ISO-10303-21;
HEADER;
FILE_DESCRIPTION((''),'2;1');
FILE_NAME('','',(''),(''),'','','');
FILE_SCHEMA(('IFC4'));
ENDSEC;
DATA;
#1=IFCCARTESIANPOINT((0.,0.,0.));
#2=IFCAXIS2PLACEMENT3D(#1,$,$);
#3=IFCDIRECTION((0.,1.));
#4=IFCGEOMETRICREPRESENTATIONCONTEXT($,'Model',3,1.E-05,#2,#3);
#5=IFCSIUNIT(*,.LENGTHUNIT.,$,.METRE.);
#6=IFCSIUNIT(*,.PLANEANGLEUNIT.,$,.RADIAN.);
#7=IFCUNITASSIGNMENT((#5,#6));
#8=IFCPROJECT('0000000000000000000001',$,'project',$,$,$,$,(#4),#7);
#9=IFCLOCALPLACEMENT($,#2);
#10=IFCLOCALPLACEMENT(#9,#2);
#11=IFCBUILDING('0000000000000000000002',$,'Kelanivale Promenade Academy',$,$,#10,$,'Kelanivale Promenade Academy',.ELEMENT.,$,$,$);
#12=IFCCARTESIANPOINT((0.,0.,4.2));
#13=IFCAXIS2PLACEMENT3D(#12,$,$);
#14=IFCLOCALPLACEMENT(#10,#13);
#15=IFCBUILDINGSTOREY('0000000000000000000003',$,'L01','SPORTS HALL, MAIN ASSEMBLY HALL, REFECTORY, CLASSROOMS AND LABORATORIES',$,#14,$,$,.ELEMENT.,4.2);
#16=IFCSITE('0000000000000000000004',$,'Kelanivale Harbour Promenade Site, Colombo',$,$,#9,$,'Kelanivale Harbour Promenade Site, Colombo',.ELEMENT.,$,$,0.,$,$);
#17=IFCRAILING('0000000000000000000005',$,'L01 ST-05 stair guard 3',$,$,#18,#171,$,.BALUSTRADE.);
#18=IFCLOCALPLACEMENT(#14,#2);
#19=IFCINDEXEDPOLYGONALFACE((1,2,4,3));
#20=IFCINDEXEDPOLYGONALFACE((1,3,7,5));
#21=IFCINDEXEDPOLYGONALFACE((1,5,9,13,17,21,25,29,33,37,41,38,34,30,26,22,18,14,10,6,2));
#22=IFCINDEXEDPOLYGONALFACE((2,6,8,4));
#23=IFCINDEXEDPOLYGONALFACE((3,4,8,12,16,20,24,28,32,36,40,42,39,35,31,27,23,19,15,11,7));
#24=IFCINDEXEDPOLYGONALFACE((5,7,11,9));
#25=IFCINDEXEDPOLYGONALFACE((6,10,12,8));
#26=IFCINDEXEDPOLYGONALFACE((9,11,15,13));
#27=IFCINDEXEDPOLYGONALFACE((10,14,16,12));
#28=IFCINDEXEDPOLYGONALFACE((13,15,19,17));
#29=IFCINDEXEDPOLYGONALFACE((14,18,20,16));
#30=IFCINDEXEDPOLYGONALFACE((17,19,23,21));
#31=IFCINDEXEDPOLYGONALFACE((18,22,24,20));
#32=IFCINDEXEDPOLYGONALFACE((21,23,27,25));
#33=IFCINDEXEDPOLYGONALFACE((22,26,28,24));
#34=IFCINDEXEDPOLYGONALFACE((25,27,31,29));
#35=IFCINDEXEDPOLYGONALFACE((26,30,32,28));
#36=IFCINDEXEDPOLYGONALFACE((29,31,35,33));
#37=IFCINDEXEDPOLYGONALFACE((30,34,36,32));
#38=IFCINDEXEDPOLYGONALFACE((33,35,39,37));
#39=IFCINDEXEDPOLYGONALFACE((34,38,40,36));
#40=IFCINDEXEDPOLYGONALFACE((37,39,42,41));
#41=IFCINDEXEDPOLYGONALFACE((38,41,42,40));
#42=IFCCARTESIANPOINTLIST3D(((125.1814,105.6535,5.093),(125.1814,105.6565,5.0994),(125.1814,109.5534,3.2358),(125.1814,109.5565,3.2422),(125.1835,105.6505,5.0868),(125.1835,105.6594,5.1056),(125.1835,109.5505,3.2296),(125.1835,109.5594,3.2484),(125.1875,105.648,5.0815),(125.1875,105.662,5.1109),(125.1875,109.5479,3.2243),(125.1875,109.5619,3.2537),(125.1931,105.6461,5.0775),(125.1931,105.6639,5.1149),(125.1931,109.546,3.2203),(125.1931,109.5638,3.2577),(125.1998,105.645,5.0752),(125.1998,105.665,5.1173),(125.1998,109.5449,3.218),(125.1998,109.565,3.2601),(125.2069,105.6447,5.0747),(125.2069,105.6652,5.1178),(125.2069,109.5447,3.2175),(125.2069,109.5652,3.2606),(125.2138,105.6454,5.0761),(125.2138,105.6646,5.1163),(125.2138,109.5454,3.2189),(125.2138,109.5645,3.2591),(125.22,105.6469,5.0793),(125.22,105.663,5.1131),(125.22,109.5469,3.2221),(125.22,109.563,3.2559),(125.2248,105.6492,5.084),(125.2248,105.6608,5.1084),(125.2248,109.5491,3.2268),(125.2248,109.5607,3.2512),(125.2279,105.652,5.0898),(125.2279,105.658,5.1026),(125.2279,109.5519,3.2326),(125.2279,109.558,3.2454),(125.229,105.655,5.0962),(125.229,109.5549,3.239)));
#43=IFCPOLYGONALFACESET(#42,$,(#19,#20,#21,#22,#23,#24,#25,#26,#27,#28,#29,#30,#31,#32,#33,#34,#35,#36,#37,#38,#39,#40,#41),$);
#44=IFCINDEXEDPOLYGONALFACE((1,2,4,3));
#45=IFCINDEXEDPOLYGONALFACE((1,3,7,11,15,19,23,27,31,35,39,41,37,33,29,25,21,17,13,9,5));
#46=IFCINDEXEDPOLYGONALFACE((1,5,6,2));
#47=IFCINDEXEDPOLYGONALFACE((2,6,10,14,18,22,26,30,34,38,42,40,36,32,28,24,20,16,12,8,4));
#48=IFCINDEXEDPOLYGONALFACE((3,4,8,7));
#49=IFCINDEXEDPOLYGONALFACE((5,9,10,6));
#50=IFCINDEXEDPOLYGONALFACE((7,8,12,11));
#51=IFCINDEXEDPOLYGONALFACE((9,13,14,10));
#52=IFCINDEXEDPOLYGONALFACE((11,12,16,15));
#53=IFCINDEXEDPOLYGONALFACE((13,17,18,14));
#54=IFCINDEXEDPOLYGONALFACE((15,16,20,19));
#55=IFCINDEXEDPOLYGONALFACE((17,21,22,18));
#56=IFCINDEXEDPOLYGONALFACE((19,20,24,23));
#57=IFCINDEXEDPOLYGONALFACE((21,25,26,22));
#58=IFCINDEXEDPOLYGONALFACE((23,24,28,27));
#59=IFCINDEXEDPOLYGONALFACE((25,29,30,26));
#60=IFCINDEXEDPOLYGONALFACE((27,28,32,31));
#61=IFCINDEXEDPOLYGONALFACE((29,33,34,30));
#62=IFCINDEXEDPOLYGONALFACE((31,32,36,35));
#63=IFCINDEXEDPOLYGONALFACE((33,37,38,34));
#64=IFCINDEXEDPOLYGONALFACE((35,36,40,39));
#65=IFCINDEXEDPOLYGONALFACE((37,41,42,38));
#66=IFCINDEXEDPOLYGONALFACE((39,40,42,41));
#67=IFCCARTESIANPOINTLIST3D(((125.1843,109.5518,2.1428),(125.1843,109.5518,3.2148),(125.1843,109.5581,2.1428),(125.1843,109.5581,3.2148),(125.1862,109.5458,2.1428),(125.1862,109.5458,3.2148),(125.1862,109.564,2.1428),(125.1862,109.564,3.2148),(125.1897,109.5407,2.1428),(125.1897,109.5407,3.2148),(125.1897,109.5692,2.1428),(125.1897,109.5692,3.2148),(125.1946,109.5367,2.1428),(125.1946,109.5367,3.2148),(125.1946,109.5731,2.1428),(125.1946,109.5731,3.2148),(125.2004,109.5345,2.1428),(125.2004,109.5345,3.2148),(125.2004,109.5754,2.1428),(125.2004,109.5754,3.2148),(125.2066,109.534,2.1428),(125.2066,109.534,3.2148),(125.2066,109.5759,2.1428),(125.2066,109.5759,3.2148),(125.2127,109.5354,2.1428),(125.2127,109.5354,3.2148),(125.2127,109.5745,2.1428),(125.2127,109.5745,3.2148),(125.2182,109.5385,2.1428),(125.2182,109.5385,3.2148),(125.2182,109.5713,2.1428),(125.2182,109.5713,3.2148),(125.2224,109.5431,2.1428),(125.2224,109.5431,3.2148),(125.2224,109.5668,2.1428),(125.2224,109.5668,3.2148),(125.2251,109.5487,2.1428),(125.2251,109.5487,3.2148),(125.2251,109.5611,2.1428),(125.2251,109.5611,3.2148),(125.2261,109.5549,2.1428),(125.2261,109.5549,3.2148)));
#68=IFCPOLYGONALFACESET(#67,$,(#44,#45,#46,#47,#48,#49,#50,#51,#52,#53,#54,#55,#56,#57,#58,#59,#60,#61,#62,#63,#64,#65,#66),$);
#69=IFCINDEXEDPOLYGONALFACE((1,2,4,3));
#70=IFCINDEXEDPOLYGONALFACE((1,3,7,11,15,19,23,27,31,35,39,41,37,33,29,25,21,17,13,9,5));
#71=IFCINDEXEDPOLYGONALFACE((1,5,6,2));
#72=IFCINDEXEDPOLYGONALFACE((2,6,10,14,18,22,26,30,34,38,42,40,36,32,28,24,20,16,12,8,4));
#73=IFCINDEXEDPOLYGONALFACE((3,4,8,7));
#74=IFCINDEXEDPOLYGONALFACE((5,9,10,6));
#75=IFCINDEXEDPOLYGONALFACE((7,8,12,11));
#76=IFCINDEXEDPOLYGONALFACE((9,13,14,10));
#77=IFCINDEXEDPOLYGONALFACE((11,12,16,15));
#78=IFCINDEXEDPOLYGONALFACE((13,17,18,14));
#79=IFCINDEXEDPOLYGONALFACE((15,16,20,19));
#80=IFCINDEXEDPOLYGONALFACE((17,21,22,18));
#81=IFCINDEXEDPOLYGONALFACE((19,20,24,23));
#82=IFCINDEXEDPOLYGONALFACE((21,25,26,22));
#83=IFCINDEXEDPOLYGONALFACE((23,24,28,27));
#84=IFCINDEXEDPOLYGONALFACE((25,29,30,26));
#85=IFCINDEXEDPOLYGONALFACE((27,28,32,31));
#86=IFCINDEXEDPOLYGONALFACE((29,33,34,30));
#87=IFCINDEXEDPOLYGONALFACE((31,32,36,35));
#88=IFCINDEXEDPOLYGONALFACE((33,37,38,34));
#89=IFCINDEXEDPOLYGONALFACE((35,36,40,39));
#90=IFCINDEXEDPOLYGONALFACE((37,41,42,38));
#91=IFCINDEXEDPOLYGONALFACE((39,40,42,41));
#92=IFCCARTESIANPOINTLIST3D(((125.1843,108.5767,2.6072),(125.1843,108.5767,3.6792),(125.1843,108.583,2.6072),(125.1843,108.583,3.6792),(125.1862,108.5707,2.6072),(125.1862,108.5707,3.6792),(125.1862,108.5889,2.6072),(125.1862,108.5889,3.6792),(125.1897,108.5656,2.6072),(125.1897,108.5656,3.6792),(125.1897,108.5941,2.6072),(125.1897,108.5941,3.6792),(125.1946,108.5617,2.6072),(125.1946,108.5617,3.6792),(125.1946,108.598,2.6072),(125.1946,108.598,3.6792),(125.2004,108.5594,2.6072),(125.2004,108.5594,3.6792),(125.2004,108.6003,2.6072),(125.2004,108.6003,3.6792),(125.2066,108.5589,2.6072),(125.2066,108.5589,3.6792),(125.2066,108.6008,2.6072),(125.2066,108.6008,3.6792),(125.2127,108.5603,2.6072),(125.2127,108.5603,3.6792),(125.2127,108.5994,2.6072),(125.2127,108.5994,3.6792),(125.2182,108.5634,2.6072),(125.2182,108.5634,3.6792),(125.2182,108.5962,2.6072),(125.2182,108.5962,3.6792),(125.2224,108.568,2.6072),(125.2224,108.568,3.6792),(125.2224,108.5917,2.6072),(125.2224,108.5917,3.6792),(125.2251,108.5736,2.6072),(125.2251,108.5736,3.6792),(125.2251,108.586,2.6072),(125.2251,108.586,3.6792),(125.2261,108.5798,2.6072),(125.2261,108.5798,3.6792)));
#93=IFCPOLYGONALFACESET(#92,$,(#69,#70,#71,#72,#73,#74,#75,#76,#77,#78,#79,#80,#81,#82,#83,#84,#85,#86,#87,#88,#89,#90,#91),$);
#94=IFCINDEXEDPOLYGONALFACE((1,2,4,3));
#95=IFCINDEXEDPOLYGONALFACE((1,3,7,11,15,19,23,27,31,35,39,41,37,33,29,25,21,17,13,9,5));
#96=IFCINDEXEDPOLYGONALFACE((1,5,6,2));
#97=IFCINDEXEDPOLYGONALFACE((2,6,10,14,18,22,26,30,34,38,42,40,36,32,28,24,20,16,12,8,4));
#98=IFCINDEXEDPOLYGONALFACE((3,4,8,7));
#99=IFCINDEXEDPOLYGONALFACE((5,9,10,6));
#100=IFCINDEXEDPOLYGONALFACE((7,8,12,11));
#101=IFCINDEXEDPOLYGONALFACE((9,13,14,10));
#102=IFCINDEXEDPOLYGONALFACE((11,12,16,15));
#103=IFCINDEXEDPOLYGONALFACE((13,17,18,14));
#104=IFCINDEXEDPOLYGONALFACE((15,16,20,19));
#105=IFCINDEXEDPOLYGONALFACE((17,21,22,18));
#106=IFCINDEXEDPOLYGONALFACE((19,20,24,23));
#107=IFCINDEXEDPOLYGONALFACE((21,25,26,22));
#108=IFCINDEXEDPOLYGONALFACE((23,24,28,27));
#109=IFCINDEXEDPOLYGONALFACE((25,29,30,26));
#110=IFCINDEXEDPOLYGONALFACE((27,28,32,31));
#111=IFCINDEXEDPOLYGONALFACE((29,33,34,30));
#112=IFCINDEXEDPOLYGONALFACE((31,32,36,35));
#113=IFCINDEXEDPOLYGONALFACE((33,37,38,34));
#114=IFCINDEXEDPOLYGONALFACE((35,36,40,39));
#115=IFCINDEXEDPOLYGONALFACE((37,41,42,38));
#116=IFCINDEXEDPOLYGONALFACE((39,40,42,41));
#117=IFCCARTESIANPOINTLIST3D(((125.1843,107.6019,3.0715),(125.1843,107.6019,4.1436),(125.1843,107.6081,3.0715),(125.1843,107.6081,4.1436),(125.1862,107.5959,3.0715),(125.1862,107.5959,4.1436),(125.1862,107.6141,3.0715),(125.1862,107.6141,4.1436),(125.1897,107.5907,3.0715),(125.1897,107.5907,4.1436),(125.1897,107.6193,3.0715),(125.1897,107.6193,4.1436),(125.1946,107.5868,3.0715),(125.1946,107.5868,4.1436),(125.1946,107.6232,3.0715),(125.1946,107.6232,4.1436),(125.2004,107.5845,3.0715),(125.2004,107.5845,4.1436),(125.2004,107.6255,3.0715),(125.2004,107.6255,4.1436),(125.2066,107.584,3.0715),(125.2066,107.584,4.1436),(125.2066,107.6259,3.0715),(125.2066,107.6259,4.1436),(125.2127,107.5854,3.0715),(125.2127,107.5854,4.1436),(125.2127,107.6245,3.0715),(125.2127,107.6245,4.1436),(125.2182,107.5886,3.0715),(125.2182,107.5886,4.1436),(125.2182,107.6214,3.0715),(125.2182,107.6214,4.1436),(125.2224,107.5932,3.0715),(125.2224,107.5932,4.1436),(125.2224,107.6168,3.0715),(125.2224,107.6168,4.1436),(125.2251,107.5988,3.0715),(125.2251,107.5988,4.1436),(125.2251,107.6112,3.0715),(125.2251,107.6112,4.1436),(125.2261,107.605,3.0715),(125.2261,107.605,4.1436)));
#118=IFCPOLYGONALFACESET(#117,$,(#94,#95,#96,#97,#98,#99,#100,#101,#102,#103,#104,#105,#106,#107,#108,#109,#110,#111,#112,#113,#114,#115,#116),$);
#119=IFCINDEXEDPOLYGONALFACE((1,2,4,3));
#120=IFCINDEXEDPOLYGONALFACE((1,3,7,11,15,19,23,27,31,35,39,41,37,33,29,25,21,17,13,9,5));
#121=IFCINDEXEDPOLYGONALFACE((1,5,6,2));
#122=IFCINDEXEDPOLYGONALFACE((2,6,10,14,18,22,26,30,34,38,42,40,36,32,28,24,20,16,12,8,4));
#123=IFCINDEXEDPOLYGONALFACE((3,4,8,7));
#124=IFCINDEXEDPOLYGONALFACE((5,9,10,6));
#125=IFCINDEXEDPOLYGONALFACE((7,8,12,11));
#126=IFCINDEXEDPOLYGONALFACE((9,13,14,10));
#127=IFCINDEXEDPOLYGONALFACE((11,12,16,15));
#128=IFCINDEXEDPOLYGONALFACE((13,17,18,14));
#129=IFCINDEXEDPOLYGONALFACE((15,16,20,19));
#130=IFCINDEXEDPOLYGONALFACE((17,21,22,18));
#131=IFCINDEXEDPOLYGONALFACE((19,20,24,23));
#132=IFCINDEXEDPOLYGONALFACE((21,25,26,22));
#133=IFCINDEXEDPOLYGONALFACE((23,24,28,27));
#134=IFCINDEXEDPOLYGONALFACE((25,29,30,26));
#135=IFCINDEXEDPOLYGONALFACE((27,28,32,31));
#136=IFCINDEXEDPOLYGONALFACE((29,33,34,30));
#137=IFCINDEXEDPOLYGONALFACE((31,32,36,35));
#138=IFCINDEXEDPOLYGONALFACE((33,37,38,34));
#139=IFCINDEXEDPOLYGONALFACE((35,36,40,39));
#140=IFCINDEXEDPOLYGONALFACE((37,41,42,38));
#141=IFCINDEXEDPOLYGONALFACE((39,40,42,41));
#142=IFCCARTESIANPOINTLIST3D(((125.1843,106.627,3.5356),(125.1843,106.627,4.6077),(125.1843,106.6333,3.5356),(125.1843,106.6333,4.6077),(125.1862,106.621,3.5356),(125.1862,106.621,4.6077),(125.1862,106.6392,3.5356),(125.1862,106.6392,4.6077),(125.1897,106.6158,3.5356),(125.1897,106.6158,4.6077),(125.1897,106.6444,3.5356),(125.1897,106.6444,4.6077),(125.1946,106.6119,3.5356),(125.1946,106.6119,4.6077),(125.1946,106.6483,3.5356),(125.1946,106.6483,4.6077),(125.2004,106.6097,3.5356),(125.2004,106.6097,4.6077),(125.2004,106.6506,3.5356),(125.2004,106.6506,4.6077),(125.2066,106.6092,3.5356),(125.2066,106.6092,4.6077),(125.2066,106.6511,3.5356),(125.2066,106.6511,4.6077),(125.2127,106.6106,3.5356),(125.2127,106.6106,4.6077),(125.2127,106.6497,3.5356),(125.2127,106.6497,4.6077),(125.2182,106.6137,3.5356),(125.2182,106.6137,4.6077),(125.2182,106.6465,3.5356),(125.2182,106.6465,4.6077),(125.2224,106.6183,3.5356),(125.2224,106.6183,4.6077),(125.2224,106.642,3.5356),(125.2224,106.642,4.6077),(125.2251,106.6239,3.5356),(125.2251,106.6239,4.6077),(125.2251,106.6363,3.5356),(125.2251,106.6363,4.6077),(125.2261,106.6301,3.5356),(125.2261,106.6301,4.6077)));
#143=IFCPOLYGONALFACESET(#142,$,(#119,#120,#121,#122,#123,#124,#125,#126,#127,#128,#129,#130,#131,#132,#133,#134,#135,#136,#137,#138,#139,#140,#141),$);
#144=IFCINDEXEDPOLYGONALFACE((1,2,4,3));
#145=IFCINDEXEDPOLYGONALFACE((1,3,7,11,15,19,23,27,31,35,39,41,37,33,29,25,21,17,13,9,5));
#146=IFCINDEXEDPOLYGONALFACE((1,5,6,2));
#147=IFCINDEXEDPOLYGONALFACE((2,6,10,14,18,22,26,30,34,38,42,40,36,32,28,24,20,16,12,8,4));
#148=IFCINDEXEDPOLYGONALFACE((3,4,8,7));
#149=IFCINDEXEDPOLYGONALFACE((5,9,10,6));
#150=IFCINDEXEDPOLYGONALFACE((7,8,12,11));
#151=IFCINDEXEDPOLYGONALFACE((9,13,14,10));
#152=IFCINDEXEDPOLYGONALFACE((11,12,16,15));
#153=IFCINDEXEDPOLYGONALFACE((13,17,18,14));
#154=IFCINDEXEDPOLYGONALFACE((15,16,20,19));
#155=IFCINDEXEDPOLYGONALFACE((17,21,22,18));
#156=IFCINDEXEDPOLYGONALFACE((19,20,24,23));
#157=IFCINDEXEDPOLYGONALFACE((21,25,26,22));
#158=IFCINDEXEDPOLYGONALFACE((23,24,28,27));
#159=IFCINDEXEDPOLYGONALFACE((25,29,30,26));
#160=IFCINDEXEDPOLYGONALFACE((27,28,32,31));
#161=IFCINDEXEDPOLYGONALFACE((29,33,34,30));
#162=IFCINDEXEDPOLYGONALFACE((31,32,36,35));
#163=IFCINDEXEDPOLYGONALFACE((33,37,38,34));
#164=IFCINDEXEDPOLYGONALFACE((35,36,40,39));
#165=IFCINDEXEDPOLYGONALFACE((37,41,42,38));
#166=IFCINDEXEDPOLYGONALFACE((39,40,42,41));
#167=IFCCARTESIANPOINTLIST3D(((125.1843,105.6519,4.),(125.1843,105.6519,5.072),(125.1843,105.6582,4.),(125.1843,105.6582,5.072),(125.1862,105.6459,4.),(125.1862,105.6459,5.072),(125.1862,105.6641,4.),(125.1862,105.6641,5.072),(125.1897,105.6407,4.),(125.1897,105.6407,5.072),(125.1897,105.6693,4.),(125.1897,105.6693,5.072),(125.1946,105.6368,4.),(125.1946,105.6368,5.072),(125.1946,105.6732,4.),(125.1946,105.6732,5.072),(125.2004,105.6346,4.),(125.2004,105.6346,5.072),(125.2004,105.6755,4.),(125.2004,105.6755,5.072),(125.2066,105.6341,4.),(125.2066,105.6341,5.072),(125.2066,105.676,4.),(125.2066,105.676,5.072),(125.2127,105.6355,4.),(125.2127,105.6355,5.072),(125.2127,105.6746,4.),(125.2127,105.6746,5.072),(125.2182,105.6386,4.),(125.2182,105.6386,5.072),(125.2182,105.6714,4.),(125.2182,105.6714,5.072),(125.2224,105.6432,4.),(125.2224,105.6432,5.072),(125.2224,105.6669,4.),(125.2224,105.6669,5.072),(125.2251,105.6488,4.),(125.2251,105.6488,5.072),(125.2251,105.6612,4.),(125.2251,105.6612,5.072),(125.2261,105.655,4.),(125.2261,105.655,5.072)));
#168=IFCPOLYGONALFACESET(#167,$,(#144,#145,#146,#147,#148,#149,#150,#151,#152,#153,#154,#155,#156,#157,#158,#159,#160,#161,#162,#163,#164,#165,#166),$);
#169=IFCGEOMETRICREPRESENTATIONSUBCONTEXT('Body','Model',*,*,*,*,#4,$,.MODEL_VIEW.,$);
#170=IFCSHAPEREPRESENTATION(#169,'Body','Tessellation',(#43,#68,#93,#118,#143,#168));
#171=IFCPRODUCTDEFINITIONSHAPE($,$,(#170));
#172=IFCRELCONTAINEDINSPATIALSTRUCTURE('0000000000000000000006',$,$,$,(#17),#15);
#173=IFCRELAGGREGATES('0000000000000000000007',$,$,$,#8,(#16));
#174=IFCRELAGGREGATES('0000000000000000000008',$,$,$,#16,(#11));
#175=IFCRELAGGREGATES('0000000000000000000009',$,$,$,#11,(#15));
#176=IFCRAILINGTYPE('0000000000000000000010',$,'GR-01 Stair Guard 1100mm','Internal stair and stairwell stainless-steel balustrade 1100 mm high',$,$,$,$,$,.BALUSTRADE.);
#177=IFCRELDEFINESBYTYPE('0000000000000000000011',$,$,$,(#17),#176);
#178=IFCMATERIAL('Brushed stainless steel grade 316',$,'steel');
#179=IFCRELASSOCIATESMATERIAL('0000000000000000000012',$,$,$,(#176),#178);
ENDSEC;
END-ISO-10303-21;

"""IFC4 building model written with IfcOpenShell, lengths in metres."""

from ifc_helpers import new_model, si_unit, direction, frame, origin, origin_2d, place, context, subcontext, project, spatial, circle, extrude, material, type_object, element, save


model = new_model("IFC4")

# Units and contexts
model_context = context("Model", 3, precision=1e-05, world=origin(), true_north=direction((0.0, 1.0)))
body_context = subcontext(model_context, "Body", "Model", "MODEL_VIEW")
ifc_project = project(units=[si_unit("LENGTHUNIT", "METRE"), si_unit("PLANEANGLEUNIT", "RADIAN")], contexts=[model_context])

# Site, building, storey
site_placement = place(None, origin())
site = spatial("IfcSite", under=ifc_project, at=site_placement, Name="Kelanivale Harbour Promenade Site, Colombo", LongName="Kelanivale Harbour Promenade Site, Colombo", CompositionType="ELEMENT", RefElevation=0.0)
building_placement = place(site_placement, origin())
building = spatial("IfcBuilding", under=site, at=building_placement, Name="Kelanivale Promenade Academy", LongName="Kelanivale Promenade Academy", CompositionType="ELEMENT")
storey_placement = place(building_placement, frame((0.0, 0.0, 4.2)))
storey = spatial("IfcBuildingStorey", under=building, at=storey_placement, Name="L01", Description="SPORTS HALL, MAIN ASSEMBLY HALL, REFECTORY, CLASSROOMS AND LABORATORIES", CompositionType="ELEMENT", Elevation=4.2)

# Railing
ifc_material_1 = material(Name="Brushed stainless steel grade 316", Category="steel")
railing_type_1 = type_object("IfcRailingType", Name="GR-01 Stair Guard 1100mm", Description="Internal stair and stairwell stainless-steel balustrade 1100 mm high", PredefinedType="BALUSTRADE", material=ifc_material_1)
railing_1_placement = place(storey_placement, frame((125.2051, 109.5549, 2.1428)))
element("IfcRailing", 1, at=railing_1_placement, inside=storey, type_object=railing_type_1, Name="L01 ST-05 stair guard 3", PredefinedType="BALUSTRADE", context=body_context, shape_type="SweptSolid", body=[
    extrude(circle(Radius=0.0239, at=origin_2d()), frame((0.0, 0.0, 1.0962), z_axis=(0.0, -0.902853, 0.429949), x_axis=(1.0, 0.0, 0.0)), (0.0, 0.0, 1.0), 4.3196),
    extrude(circle(Radius=0.021, at=origin_2d()), origin(), (0.0, 0.0, 1.0), 1.072),
    extrude(circle(Radius=0.021, at=origin_2d()), frame((0.0, -0.9751, 0.4644)), (0.0, 0.0, 1.0), 1.072),
    extrude(circle(Radius=0.021, at=origin_2d()), frame((0.0, -1.95, 0.9287)), (0.0, 0.0, 1.0), 1.072),
    extrude(circle(Radius=0.021, at=origin_2d()), frame((0.0, -2.9248, 1.3928)), (0.0, 0.0, 1.0), 1.072),
    extrude(circle(Radius=0.021, at=origin_2d()), frame((0.0, -3.8999, 1.8572)), (0.0, 0.0, 1.0), 1.072),
])

save(model, "model.ifc")
